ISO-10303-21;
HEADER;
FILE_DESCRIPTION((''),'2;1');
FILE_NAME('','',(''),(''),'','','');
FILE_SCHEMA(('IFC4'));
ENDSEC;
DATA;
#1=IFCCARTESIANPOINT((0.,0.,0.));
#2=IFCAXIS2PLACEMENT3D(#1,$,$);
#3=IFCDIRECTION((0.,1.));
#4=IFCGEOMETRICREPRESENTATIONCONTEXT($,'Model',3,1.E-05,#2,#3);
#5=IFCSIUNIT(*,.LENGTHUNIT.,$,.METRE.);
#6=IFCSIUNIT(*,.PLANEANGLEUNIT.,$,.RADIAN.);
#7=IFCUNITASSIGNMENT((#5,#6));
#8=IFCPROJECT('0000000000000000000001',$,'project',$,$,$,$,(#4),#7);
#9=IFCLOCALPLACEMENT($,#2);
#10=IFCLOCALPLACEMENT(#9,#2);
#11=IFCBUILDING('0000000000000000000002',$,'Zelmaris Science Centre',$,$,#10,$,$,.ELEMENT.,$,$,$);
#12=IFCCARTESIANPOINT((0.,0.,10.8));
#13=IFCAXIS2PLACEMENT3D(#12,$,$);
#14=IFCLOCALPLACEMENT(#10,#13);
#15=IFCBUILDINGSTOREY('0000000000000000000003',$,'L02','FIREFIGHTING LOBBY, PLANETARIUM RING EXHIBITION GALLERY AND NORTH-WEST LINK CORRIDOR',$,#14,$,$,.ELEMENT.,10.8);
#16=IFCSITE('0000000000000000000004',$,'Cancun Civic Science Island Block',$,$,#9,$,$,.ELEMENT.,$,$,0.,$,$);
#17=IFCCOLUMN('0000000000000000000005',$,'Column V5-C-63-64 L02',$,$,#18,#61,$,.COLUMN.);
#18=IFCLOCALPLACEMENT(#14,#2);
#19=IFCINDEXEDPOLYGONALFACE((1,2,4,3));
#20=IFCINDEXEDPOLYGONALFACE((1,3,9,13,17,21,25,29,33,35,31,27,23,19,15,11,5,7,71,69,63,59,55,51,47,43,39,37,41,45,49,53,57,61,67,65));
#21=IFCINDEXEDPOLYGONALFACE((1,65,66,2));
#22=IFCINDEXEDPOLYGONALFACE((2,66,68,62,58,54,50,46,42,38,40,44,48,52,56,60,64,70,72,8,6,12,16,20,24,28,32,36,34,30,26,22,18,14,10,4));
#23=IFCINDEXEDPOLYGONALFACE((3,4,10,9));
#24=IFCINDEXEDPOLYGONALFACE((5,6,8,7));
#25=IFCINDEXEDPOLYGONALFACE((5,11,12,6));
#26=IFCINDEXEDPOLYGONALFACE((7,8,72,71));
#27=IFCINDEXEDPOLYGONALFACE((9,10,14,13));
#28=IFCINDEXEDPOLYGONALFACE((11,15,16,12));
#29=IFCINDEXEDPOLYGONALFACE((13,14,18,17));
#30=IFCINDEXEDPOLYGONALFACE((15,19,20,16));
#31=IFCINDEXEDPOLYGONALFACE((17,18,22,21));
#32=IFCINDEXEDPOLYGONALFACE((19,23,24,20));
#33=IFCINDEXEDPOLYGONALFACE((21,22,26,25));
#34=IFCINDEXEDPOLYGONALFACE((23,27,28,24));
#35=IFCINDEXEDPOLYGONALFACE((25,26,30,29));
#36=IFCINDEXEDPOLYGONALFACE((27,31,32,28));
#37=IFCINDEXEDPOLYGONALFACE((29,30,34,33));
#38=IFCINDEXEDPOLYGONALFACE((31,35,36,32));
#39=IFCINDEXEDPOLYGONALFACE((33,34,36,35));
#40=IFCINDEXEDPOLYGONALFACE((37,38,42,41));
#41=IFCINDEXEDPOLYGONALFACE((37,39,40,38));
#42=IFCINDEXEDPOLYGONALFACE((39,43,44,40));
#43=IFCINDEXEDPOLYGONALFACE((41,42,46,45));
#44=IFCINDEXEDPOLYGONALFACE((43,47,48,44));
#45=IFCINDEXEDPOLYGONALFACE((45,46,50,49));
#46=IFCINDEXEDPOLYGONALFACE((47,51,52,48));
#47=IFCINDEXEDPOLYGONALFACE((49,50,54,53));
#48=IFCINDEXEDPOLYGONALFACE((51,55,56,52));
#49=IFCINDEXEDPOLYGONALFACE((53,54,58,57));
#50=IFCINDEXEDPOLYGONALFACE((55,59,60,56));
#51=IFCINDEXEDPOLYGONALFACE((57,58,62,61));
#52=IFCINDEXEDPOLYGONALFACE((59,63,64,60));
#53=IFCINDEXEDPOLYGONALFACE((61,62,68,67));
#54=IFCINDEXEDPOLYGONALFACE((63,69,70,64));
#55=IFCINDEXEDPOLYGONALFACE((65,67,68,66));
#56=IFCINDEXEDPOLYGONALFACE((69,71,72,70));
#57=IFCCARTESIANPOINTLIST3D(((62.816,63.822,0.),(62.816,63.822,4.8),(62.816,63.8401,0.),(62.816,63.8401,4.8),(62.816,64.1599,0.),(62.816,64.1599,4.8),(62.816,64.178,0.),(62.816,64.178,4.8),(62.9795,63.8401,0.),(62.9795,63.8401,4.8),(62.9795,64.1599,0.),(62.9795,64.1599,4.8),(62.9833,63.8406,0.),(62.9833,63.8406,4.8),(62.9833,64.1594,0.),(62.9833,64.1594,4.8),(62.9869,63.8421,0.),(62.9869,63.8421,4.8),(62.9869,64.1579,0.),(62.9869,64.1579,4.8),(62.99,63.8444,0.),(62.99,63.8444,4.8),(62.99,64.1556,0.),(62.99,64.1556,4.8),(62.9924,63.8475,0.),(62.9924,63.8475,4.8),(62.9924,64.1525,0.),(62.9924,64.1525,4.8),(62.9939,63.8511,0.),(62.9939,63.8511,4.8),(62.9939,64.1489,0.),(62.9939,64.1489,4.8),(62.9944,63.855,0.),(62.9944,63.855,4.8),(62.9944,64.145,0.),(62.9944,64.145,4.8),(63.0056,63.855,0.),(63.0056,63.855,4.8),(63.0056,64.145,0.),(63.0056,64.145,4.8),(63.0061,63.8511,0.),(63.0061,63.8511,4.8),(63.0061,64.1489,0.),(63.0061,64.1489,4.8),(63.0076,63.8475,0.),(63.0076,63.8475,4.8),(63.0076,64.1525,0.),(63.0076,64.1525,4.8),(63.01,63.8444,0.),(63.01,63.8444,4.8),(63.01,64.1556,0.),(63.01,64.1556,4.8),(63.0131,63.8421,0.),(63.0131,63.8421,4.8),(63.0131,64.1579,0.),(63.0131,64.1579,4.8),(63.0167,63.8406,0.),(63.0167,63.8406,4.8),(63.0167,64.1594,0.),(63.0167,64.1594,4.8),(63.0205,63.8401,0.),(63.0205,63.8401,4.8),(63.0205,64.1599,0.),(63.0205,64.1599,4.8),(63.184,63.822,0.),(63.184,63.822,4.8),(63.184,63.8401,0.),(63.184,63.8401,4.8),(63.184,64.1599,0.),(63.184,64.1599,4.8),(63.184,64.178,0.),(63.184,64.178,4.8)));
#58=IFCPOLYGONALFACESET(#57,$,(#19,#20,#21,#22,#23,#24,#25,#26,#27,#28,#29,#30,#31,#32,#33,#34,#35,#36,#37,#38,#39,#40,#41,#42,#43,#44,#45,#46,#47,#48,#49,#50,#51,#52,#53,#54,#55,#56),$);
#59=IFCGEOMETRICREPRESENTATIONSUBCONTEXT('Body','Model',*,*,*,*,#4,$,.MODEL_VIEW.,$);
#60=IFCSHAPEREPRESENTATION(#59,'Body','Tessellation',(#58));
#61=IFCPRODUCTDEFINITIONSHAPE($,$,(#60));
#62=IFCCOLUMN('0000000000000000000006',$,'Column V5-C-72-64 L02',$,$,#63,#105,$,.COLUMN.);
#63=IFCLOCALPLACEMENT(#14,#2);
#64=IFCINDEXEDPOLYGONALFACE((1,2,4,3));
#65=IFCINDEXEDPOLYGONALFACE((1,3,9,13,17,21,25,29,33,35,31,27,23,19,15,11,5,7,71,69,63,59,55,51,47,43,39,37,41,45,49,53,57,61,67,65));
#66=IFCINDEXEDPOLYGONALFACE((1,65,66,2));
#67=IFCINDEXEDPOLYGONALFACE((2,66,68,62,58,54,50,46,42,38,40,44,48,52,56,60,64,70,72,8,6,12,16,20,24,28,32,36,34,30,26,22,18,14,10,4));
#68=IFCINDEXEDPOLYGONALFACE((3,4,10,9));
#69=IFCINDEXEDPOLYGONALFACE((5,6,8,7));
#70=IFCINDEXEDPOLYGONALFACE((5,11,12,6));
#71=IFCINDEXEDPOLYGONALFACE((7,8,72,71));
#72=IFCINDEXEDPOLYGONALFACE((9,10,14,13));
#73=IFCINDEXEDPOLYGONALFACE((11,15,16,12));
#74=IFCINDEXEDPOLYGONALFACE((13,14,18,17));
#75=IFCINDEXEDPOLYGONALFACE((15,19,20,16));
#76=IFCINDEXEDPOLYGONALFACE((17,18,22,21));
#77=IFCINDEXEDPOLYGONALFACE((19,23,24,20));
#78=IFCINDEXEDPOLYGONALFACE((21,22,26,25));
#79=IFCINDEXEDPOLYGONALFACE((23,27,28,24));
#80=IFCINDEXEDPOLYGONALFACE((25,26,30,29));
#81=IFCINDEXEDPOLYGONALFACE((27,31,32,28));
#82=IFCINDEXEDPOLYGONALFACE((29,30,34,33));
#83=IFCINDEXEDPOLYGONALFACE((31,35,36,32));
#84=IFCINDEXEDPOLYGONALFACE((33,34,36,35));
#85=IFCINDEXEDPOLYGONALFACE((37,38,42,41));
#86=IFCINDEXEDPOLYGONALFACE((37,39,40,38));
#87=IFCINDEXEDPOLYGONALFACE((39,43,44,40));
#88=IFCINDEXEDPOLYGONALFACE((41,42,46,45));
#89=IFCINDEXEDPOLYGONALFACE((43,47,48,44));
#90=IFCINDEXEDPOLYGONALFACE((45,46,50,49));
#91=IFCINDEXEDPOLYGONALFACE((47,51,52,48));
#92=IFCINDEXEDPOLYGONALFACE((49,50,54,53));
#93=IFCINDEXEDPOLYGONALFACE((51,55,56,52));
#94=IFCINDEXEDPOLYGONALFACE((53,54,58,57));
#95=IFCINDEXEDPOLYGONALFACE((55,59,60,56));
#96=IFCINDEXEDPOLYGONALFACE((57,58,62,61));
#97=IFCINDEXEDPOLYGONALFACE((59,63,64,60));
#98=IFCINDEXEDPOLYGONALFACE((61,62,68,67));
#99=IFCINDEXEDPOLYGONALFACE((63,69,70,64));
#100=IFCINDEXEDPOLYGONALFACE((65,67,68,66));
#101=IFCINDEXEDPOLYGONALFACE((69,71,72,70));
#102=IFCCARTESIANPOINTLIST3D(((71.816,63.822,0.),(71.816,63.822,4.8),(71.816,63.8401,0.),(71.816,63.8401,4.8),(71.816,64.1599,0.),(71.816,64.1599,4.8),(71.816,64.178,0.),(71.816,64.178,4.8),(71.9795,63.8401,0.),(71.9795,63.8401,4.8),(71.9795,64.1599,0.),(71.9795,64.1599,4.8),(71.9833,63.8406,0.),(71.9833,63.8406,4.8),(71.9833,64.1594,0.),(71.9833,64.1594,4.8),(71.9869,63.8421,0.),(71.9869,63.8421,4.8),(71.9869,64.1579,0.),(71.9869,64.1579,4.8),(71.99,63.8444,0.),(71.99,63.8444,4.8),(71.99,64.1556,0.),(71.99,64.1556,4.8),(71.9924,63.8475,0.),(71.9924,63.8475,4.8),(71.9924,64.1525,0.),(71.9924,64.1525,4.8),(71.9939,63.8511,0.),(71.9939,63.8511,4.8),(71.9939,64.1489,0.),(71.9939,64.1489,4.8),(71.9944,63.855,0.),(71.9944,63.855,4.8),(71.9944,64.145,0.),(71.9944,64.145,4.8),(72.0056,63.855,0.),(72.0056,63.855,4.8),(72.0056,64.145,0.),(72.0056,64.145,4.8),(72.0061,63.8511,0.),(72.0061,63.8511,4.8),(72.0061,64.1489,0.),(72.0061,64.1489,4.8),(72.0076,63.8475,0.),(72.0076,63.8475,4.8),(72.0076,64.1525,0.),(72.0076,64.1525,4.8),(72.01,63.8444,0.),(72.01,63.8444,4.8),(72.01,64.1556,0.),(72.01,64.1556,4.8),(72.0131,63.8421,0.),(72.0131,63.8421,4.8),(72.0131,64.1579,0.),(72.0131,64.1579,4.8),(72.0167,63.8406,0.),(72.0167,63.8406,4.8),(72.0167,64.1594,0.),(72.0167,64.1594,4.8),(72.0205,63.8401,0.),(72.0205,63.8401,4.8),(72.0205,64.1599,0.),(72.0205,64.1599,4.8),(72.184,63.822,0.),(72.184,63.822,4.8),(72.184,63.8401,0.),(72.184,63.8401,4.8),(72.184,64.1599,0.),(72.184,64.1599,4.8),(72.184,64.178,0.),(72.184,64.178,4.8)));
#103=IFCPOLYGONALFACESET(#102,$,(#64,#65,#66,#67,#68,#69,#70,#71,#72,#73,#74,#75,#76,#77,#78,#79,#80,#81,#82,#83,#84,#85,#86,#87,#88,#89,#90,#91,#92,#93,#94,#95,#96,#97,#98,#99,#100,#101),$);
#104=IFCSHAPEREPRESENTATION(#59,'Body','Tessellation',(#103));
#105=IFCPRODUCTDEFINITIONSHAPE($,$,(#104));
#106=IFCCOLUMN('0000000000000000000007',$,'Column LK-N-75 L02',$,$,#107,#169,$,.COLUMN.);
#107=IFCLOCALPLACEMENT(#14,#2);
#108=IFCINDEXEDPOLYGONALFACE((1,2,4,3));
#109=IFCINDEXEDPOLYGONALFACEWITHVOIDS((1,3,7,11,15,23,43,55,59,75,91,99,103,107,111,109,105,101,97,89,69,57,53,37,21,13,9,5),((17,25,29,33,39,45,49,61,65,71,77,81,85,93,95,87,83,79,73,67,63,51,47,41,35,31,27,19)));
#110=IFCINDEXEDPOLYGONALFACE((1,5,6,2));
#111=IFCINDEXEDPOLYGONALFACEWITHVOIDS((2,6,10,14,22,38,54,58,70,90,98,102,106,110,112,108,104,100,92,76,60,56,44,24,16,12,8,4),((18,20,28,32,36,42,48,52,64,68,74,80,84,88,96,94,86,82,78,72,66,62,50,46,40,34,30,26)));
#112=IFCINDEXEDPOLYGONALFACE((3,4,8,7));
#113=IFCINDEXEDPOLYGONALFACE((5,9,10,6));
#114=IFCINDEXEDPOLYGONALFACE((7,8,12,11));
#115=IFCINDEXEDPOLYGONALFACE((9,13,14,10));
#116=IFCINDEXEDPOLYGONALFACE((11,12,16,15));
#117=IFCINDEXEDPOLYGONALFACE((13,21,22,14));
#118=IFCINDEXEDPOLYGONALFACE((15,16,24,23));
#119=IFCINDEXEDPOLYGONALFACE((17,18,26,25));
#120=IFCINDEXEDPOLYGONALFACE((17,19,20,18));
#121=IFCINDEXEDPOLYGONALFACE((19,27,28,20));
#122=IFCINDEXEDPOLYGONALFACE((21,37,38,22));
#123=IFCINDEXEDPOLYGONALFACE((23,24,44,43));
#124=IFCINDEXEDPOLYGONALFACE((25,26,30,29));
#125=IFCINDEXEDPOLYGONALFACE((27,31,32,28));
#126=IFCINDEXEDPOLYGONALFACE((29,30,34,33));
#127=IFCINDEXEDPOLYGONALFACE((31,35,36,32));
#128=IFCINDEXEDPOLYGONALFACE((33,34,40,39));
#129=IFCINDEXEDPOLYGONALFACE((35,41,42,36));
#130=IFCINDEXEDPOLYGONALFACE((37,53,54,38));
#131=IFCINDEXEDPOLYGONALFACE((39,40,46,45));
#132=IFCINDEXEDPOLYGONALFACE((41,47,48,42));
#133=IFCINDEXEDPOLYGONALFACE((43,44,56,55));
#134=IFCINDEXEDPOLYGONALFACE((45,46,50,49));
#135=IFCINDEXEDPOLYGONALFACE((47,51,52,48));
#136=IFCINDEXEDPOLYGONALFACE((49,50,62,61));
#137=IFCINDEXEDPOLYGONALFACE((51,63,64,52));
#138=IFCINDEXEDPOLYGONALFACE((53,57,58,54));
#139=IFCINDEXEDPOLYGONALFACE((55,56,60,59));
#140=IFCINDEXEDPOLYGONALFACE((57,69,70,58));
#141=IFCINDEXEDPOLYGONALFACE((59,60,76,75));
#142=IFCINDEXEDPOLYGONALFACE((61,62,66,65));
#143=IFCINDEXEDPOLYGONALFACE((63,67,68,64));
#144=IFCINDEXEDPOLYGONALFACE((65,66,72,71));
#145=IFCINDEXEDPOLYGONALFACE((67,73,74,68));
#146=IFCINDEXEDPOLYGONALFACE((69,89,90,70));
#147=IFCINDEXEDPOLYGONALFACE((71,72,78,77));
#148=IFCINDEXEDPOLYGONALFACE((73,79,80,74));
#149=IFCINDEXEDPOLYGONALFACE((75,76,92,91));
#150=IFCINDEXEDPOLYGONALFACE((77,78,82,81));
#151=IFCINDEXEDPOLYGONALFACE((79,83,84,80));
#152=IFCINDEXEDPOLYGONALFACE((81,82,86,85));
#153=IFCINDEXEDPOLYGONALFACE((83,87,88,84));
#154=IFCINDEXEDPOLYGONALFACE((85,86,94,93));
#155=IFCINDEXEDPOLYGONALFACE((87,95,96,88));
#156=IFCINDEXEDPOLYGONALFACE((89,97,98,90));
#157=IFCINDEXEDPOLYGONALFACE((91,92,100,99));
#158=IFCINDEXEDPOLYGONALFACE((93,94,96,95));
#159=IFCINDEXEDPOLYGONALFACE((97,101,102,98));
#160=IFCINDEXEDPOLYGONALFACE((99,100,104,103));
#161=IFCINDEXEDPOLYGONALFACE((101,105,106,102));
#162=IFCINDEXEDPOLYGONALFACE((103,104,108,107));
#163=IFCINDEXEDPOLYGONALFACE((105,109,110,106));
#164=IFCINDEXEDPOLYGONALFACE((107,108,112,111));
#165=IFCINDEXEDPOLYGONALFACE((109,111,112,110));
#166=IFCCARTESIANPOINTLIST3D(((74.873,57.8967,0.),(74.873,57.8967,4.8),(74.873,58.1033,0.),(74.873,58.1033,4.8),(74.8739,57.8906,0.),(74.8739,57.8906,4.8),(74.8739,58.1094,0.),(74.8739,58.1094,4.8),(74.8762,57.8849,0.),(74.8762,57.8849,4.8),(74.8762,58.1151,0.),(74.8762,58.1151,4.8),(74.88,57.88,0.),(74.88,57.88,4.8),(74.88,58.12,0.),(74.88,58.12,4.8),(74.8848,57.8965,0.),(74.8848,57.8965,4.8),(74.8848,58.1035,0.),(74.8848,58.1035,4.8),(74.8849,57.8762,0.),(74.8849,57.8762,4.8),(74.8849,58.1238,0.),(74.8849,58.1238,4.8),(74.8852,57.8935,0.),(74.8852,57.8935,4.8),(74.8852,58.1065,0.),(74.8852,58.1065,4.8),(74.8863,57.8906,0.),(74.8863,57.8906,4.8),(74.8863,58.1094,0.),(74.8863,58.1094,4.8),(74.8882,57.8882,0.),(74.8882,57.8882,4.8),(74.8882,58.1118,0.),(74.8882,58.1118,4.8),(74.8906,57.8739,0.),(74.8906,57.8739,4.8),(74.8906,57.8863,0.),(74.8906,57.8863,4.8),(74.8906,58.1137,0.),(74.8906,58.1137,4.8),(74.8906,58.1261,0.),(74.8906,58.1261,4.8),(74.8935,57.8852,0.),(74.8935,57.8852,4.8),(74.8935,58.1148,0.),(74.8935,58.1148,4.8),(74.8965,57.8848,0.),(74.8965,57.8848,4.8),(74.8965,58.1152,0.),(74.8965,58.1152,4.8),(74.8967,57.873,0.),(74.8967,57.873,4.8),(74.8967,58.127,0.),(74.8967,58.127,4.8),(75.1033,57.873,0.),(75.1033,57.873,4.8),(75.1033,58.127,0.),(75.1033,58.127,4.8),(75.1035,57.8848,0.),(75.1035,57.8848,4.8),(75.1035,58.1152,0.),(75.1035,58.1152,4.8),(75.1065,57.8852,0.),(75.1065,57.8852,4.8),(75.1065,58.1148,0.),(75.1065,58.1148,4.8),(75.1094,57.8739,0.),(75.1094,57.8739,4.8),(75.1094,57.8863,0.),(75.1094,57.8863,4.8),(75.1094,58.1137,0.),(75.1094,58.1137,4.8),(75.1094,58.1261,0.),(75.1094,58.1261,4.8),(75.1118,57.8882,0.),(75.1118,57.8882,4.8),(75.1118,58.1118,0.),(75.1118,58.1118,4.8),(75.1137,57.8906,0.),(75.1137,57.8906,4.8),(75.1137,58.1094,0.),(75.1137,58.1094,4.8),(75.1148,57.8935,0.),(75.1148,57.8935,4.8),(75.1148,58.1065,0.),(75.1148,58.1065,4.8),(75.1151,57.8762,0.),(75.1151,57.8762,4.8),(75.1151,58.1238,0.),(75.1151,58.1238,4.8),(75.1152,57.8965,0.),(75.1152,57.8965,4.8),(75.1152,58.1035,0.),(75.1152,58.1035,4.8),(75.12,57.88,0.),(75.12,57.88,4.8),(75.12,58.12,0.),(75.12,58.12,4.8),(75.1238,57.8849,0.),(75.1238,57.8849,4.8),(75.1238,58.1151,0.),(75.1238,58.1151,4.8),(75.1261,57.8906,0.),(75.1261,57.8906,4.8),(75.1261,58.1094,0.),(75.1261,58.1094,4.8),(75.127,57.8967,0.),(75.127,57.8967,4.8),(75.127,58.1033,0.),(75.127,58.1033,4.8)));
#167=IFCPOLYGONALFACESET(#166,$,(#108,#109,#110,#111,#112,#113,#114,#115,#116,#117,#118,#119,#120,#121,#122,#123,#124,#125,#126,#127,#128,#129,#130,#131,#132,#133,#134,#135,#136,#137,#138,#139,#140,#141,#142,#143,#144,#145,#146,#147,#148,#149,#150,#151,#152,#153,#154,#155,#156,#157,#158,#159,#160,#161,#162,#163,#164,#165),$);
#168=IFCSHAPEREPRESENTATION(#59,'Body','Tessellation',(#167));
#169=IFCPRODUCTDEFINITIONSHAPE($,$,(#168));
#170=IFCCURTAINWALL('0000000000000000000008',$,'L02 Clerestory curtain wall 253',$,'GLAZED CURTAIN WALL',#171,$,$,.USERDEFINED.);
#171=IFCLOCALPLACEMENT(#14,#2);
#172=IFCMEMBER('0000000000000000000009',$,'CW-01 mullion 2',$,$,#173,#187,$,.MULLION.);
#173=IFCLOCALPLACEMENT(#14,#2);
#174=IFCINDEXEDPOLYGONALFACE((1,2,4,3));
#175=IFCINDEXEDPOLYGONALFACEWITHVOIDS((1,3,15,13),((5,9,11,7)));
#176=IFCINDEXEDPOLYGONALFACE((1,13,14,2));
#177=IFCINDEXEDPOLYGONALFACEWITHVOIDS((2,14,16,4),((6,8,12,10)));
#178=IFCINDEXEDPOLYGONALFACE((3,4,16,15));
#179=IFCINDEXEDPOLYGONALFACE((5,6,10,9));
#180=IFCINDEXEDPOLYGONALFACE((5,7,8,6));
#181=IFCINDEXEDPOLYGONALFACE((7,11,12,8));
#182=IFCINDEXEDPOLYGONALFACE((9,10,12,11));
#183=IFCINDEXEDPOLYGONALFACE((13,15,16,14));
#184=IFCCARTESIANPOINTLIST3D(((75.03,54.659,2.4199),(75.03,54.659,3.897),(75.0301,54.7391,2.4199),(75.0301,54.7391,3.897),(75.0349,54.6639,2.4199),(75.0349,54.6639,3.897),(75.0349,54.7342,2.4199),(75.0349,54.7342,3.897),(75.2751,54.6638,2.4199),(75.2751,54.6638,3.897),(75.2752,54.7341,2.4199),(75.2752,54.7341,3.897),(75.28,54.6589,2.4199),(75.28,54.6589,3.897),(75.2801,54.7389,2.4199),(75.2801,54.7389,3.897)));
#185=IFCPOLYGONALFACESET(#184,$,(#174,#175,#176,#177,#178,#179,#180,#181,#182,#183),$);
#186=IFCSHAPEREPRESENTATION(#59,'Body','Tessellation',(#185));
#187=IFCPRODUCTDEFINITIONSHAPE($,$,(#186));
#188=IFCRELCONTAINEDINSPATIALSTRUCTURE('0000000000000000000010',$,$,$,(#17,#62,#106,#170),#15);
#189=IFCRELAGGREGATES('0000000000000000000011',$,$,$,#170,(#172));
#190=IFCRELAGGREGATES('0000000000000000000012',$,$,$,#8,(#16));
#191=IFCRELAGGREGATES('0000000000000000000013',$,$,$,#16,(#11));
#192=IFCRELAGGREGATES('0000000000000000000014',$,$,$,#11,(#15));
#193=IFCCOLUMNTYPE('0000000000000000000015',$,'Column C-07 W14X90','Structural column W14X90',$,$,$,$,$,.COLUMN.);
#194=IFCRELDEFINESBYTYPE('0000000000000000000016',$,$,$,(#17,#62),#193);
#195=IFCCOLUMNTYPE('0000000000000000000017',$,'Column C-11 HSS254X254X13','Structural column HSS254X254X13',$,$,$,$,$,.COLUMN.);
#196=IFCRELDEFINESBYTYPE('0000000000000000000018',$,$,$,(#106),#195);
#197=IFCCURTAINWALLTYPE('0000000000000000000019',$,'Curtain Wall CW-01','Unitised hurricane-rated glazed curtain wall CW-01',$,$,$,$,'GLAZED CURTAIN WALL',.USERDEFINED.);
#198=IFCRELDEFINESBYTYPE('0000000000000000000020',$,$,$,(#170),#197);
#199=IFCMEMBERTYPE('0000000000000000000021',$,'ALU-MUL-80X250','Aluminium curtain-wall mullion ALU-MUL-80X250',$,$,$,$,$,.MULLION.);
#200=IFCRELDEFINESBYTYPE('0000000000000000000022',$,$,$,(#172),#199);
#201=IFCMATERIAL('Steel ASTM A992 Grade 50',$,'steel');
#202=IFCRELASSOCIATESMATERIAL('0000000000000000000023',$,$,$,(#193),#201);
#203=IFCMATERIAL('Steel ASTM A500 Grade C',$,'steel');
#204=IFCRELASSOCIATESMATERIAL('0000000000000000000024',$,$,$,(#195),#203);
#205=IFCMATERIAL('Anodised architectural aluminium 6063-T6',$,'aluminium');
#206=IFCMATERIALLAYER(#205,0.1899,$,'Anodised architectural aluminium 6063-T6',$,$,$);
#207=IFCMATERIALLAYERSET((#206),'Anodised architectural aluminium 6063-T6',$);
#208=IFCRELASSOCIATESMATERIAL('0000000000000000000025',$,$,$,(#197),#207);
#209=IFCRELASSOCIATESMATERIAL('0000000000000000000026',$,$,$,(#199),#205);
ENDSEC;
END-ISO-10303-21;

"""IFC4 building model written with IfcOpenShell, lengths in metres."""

from ifc_helpers import new_model, si_unit, direction, frame, origin, origin_2d, place, context, subcontext, project, spatial, hollow_rectangle, i_section, extrude, material, layer, layer_set, material_profile, profile_set, type_object, element, aggregate, save


model = new_model("IFC4")

# Units and contexts
model_context = context("Model", 3, precision=1e-05, world=origin(), true_north=direction((0.0, 1.0)))
body_context = subcontext(model_context, "Body", "Model", "MODEL_VIEW")
ifc_project = project(units=[si_unit("LENGTHUNIT", "METRE"), si_unit("PLANEANGLEUNIT", "RADIAN")], contexts=[model_context])

# Site, building, storey
site_placement = place(None, origin())
site = spatial("IfcSite", under=ifc_project, at=site_placement, Name="Cancun Civic Science Island Block", CompositionType="ELEMENT", RefElevation=0.0)
building_placement = place(site_placement, origin())
building = spatial("IfcBuilding", under=site, at=building_placement, Name="Zelmaris Science Centre", CompositionType="ELEMENT")
storey_placement = place(building_placement, frame((0.0, 0.0, 10.8)))
storey = spatial("IfcBuildingStorey", under=building, at=storey_placement, Name="L02", Description="FIREFIGHTING LOBBY, PLANETARIUM RING EXHIBITION GALLERY AND NORTH-WEST LINK CORRIDOR", CompositionType="ELEMENT", Elevation=10.8)

# Columns
ifc_material_1 = material(Name="Steel ASTM A992 Grade 50", Category="steel")
ifc_material_profile_1 = material_profile(ifc_material_1, i_section(OverallWidth=0.3679, OverallDepth=0.356, WebThickness=0.0112, FlangeThickness=0.0181, FilletRadius=0.0149, at=origin_2d()), Name="W14X90")
ifc_profile_set_1 = profile_set([ifc_material_profile_1], Name="Steel ASTM A992 Grade 50")
column_type_1 = type_object("IfcColumnType", Name="Column C-07 W14X90", Description="Structural column W14X90", PredefinedType="COLUMN", material=ifc_profile_set_1)
for number, where, z_axis, x_axis, name in (
    (1, (63.0, 64.0, 0.0), (0.0, 0.0, 1.0), (1.0, 0.0, 0.0), "Column V5-C-63-64 L02"),
    (2, (72.0, 64.0, 0.0), (0.0, 0.0, 1.0), (1.0, 0.0, 0.0), "Column V5-C-72-64 L02"),
):
    element("IfcColumn", number, at=place(storey_placement, frame(where, z_axis=z_axis, x_axis=x_axis)), inside=storey, type_object=column_type_1, Name=name, PredefinedType="COLUMN", context=body_context, shape_type="SweptSolid", body=[
        extrude(i_section(OverallWidth=0.3679, OverallDepth=0.356, WebThickness=0.0112, FlangeThickness=0.0181, FilletRadius=0.0149, at=origin_2d()), origin(), (0.0, 0.0, 1.0), 4.8),
    ])
ifc_material_2 = material(Name="Steel ASTM A500 Grade C", Category="steel")
ifc_material_profile_2 = material_profile(ifc_material_2, hollow_rectangle(XDim=0.2539, YDim=0.2539, WallThickness=0.0117, InnerFilletRadius=0.0117, OuterFilletRadius=0.0237, at=origin_2d()), Name="HSS254X254X13")
ifc_profile_set_2 = profile_set([ifc_material_profile_2], Name="Steel ASTM A500 Grade C")
column_type_2 = type_object("IfcColumnType", Name="Column C-11 HSS254X254X13", Description="Structural column HSS254X254X13", PredefinedType="COLUMN", material=ifc_profile_set_2)
column_placement = place(storey_placement, frame((75.0, 58.0, 0.0), z_axis=(0.0, 0.0, 1.0), x_axis=(1.0, 0.0, 0.0)))
element("IfcColumn", 3, at=column_placement, inside=storey, type_object=column_type_2, Name="Column LK-N-75 L02", PredefinedType="COLUMN", context=body_context, shape_type="SweptSolid", body=[
    extrude(hollow_rectangle(XDim=0.2539, YDim=0.2539, WallThickness=0.0117, InnerFilletRadius=0.0117, OuterFilletRadius=0.0237, at=origin_2d()), origin(), (0.0, 0.0, 1.0), 4.8),
])

# Curtain wall, member
ifc_material_3 = material(Name="Anodised architectural aluminium 6063-T6", Category="aluminium")
ifc_layer_1 = layer(ifc_material_3, 0.1899, Name="Anodised architectural aluminium 6063-T6")
ifc_layer_set_1 = layer_set([ifc_layer_1], Name="Anodised architectural aluminium 6063-T6")
curtain_wall_type = type_object("IfcCurtainWallType", Name="Curtain Wall CW-01", Description="Unitised hurricane-rated glazed curtain wall CW-01", ElementType="GLAZED CURTAIN WALL", PredefinedType="USERDEFINED", material=ifc_layer_set_1)
curtain_wall_placement = place(storey_placement, origin())
curtain_wall = element("IfcCurtainWall", 4, at=curtain_wall_placement, inside=storey, type_object=curtain_wall_type, Name="L02 Clerestory curtain wall 253", ObjectType="GLAZED CURTAIN WALL", PredefinedType="USERDEFINED")
ifc_material_profile_3 = material_profile(ifc_material_3, hollow_rectangle(XDim=0.0801, YDim=0.25, WallThickness=0.0049, at=origin_2d()), Name="ALU-MUL-80X250")
ifc_profile_set_3 = profile_set([ifc_material_profile_3], Name="Anodised architectural aluminium 6063-T6")
member_type_1 = type_object("IfcMemberType", Name="ALU-MUL-80X250", Description="Aluminium curtain-wall mullion ALU-MUL-80X250", PredefinedType="MULLION", material=ifc_profile_set_3)
member_1_placement = place(storey_placement, frame((75.155, 54.699, 2.4199), z_axis=(0.0, 0.0, 1.0), x_axis=(0.000534, 1.0, 0.0)))
member_1 = element("IfcMember", 5, at=member_1_placement, type_object=member_type_1, Name="CW-01 mullion 2", PredefinedType="MULLION", context=body_context, shape_type="SweptSolid", body=[
    extrude(hollow_rectangle(XDim=0.0801, YDim=0.25, WallThickness=0.0049, at=origin_2d()), origin(), (0.0, 0.0, 1.0), 1.4771),
])

aggregate(curtain_wall, [member_1])

save(model, "model.ifc")
